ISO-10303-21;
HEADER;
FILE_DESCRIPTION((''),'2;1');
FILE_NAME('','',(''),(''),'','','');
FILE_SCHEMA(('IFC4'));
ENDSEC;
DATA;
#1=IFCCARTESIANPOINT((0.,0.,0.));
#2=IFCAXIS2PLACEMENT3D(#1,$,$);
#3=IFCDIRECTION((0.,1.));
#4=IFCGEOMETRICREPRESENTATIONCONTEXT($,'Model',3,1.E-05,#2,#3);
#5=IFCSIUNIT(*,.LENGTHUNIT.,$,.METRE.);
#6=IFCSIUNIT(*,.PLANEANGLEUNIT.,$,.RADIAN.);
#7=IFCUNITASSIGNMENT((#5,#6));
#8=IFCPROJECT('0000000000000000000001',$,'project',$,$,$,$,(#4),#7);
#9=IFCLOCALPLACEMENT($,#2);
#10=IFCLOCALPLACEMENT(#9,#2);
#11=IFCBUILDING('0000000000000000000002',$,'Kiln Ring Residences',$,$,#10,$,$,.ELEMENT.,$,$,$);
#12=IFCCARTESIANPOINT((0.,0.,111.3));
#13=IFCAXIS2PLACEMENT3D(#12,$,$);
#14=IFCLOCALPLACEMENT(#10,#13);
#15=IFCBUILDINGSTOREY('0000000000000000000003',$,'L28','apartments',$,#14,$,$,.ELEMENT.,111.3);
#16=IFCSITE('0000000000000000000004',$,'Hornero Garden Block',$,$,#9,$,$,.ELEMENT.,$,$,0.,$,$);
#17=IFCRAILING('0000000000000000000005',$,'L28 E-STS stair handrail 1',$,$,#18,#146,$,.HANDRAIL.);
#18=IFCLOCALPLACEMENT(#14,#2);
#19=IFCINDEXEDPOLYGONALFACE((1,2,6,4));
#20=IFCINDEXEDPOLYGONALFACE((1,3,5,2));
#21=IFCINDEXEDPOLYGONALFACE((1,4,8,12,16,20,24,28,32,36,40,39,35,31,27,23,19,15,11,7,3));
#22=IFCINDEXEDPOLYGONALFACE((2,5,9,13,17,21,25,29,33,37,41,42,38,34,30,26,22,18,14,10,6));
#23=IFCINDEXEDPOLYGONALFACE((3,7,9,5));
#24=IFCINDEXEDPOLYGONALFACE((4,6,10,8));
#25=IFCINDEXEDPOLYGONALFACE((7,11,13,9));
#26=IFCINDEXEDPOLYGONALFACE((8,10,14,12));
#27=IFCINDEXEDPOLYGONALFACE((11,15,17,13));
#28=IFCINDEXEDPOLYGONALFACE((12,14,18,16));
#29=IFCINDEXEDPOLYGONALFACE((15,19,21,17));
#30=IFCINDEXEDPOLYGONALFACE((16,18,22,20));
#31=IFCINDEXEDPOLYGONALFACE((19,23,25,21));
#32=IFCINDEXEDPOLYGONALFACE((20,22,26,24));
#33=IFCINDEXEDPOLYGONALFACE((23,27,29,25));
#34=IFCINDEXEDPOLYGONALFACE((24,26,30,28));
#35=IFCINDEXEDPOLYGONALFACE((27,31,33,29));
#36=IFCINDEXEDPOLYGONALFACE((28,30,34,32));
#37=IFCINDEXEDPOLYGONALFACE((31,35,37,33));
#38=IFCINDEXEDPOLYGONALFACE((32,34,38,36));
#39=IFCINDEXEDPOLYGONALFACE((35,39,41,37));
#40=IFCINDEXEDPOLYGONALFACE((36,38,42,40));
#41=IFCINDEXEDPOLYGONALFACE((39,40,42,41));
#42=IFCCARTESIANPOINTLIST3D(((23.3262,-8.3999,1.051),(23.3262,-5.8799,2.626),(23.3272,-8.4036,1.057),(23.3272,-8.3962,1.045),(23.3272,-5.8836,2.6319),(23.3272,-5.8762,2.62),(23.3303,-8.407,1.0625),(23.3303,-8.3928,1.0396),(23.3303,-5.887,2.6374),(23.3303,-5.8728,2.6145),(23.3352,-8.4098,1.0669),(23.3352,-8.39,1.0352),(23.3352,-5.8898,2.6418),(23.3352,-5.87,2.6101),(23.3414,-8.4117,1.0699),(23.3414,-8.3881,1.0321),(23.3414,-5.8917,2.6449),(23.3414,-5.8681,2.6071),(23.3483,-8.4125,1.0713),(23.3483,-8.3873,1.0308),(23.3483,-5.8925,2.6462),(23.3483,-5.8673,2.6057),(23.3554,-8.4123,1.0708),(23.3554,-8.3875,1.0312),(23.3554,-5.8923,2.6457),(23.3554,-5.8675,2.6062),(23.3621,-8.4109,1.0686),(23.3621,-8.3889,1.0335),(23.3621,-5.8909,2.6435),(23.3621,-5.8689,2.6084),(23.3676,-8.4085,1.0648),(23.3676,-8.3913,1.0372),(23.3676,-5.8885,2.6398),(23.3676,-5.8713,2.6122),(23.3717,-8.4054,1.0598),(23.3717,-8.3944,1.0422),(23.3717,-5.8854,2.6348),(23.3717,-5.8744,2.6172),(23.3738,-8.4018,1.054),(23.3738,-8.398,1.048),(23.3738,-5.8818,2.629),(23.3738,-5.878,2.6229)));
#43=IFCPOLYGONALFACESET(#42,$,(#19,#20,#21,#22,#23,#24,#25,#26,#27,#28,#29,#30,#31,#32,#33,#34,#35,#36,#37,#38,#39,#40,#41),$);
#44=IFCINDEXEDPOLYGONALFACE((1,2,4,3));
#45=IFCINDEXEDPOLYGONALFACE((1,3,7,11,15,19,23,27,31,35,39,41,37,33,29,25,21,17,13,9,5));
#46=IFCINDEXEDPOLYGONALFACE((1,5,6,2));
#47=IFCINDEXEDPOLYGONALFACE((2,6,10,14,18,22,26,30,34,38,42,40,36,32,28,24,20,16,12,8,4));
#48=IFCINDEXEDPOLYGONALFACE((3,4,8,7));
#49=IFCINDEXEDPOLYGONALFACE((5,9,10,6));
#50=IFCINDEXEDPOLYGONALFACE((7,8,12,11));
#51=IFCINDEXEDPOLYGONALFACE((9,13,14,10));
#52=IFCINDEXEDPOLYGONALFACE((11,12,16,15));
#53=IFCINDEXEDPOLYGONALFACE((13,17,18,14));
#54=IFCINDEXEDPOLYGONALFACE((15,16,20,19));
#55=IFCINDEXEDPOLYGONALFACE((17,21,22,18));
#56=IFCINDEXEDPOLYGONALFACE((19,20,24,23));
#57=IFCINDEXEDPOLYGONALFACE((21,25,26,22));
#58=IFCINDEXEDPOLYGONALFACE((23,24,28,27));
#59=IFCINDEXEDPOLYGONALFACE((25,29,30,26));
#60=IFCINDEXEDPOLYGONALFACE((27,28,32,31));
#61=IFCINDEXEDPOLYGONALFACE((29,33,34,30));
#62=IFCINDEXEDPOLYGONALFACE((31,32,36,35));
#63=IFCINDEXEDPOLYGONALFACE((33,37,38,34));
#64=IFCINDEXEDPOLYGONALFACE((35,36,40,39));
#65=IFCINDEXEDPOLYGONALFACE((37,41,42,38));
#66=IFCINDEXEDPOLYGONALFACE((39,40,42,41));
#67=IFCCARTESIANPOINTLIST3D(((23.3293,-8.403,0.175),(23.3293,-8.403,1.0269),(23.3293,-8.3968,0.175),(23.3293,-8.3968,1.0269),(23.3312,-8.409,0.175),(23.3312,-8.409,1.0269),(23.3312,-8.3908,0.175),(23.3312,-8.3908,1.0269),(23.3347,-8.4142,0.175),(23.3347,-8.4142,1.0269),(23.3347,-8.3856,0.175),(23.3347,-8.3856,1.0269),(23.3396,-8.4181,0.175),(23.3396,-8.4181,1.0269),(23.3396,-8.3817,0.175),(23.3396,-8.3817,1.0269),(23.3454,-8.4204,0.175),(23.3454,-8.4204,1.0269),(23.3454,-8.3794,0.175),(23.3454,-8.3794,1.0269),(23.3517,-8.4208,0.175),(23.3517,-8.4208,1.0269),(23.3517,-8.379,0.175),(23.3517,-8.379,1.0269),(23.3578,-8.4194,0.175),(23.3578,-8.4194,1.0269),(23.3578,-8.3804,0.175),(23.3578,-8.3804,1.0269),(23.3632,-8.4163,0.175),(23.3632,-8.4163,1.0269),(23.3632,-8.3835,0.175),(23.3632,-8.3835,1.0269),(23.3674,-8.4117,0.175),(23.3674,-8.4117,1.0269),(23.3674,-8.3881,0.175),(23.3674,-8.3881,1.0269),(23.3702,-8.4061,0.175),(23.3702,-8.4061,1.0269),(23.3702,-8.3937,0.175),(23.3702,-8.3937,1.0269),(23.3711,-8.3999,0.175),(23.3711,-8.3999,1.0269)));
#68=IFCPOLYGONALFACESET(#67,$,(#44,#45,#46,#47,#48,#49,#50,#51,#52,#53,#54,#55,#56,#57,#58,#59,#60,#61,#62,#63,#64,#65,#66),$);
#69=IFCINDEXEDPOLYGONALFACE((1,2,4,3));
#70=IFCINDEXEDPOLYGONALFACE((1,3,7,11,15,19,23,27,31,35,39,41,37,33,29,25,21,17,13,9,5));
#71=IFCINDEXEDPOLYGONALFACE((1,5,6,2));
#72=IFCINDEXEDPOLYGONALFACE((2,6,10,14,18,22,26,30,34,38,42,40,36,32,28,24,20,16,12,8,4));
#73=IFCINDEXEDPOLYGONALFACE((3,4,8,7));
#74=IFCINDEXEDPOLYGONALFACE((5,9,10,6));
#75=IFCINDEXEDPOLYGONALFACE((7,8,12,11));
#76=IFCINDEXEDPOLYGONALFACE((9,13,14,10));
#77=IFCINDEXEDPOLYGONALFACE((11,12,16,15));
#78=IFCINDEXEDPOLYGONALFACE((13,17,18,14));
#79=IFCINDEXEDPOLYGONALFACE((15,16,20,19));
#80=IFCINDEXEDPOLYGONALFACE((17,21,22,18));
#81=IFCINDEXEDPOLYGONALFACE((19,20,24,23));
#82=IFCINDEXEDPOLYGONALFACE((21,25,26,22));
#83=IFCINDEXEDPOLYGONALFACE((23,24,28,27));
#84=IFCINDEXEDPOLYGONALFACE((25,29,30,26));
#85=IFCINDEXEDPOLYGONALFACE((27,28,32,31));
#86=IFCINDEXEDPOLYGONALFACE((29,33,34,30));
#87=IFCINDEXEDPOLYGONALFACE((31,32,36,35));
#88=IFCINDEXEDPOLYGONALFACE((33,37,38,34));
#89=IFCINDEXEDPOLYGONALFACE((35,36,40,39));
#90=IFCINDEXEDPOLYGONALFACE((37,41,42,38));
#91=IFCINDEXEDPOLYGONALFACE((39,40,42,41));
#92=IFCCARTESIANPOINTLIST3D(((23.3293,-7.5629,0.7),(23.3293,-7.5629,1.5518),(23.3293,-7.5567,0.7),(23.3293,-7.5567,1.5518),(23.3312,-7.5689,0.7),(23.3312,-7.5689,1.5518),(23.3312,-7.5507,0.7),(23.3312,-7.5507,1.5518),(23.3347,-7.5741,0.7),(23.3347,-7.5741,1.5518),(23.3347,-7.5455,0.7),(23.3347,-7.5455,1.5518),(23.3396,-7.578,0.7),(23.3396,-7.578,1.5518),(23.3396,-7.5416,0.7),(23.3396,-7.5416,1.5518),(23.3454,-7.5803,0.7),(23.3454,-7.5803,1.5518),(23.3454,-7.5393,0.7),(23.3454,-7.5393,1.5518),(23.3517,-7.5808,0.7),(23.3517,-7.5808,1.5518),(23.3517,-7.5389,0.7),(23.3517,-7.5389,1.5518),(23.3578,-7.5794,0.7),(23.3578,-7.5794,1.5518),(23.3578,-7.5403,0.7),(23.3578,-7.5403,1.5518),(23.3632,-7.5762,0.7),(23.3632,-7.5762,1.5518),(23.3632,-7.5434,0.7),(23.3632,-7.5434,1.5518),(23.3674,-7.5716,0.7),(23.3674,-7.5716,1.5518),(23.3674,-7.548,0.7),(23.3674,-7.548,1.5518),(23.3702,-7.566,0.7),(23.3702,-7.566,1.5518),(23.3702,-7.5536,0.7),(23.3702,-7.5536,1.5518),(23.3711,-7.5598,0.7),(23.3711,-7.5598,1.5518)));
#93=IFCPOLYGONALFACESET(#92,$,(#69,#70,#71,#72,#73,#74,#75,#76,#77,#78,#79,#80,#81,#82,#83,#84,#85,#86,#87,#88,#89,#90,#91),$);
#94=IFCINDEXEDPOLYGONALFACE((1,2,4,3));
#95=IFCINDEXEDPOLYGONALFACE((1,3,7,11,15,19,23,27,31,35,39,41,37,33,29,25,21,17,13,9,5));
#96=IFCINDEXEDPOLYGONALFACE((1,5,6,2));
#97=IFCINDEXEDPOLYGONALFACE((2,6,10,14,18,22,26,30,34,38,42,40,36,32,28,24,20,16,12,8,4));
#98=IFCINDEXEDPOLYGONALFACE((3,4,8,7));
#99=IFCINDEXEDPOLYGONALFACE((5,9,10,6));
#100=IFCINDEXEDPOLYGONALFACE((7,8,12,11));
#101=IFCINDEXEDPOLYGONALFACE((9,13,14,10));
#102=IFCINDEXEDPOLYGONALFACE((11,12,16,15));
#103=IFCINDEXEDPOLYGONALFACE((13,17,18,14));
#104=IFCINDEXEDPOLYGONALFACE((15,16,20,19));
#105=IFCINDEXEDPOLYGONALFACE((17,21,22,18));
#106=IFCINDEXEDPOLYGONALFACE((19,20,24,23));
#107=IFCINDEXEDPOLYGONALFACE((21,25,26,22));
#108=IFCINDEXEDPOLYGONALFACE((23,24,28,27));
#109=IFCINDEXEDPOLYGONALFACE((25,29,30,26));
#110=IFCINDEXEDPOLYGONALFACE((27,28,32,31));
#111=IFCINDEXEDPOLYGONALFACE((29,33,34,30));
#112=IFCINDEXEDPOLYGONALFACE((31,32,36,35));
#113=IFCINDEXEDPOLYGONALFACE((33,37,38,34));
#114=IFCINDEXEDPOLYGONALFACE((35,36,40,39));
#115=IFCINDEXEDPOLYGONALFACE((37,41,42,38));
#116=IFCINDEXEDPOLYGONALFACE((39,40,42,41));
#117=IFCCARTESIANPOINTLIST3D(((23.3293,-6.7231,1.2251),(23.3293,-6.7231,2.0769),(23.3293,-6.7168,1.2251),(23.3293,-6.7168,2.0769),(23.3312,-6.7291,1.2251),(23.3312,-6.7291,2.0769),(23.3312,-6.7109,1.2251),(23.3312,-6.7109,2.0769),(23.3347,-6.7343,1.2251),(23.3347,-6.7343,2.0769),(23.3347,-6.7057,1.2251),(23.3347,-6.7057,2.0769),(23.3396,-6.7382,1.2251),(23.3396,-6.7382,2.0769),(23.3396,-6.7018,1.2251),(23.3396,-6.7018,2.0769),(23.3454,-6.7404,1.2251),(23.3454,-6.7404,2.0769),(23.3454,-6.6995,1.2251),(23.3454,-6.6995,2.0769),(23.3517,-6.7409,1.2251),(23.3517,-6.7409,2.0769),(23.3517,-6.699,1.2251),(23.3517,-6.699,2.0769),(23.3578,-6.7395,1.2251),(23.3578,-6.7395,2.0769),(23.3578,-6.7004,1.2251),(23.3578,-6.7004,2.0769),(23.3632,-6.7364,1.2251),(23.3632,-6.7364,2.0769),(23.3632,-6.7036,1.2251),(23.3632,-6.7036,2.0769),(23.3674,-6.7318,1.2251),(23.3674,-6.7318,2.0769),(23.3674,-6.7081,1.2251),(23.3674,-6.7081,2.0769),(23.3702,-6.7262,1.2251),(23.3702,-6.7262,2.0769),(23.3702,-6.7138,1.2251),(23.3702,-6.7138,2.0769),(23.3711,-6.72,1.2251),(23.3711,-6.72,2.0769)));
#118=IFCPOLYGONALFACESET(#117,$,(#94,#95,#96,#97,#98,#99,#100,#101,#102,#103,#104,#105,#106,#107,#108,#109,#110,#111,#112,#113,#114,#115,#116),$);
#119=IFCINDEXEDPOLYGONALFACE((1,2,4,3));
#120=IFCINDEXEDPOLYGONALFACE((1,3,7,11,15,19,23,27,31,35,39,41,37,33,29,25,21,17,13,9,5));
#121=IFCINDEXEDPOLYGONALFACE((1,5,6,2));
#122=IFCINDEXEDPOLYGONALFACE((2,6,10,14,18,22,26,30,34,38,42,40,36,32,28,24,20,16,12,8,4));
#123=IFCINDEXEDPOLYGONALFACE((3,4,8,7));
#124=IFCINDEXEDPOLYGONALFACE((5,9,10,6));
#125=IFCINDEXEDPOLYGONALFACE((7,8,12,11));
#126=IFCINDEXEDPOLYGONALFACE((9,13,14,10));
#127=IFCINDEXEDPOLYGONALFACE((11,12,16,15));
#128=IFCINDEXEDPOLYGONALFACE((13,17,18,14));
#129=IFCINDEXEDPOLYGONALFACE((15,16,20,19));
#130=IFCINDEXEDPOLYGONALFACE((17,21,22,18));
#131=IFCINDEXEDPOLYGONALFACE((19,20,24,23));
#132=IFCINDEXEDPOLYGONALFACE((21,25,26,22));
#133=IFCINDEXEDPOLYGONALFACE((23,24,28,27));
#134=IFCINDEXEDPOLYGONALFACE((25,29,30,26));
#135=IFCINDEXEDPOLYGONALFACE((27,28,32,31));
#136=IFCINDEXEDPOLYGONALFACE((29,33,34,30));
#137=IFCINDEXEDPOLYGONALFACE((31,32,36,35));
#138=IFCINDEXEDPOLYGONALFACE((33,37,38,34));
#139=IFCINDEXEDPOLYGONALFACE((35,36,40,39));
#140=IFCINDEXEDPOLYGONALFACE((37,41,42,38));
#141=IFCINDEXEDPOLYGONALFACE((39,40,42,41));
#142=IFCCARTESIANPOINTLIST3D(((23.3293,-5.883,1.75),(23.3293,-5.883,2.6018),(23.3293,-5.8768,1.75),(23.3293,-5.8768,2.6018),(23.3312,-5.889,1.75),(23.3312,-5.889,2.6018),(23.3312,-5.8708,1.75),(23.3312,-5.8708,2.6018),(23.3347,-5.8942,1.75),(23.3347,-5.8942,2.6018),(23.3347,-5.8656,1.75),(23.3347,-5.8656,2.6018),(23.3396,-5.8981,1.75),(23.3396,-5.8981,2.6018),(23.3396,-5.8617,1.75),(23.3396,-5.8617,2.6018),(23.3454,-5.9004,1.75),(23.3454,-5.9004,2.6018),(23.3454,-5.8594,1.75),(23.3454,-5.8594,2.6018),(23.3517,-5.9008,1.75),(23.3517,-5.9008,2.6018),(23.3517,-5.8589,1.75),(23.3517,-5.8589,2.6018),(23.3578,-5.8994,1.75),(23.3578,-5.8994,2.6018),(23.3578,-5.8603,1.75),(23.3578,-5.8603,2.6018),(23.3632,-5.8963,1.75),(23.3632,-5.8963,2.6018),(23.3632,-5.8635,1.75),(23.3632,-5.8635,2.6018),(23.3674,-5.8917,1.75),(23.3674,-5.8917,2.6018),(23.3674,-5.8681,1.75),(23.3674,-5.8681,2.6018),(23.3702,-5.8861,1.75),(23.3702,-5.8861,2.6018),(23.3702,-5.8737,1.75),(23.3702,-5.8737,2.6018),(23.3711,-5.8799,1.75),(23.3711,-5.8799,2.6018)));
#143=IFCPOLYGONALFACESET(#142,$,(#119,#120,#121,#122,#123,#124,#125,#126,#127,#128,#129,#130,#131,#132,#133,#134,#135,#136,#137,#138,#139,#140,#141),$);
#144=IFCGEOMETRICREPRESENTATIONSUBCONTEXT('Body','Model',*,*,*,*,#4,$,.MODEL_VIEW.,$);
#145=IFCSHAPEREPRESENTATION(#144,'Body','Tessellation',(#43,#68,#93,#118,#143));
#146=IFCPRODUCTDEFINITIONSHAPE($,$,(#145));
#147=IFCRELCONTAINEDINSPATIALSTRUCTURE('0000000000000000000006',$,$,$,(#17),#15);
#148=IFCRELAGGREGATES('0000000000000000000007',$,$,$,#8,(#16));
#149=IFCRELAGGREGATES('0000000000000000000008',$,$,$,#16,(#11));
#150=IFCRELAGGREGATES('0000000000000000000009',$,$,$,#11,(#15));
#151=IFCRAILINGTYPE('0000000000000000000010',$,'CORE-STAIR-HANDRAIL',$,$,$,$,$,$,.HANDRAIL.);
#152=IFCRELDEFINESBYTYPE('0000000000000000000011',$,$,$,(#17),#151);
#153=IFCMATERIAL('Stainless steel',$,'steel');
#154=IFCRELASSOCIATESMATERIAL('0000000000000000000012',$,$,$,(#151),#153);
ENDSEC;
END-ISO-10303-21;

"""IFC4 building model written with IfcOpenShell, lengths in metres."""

from ifc_helpers import new_model, si_unit, direction, frame, origin, origin_2d, place, context, subcontext, project, spatial, circle, extrude, material, type_object, element, save


model = new_model("IFC4")

# Units and contexts
model_context = context("Model", 3, precision=1e-05, world=origin(), true_north=direction((0.0, 1.0)))
body_context = subcontext(model_context, "Body", "Model", "MODEL_VIEW")
ifc_project = project(units=[si_unit("LENGTHUNIT", "METRE"), si_unit("PLANEANGLEUNIT", "RADIAN")], contexts=[model_context])

# Site, building, storey
site_placement = place(None, origin())
site = spatial("IfcSite", under=ifc_project, at=site_placement, Name="Hornero Garden Block", CompositionType="ELEMENT", RefElevation=0.0)
building_placement = place(site_placement, origin())
building = spatial("IfcBuilding", under=site, at=building_placement, Name="Kiln Ring Residences", CompositionType="ELEMENT")
storey_placement = place(building_placement, frame((0.0, 0.0, 111.3)))
storey = spatial("IfcBuildingStorey", under=building, at=storey_placement, Name="L28", Description="apartments", CompositionType="ELEMENT", Elevation=111.3)

# Railing
ifc_material_1 = material(Name="Stainless steel", Category="steel")
railing_type_1 = type_object("IfcRailingType", Name="CORE-STAIR-HANDRAIL", PredefinedType="HANDRAIL", material=ifc_material_1)
railing_1_placement = place(storey_placement, frame((23.3501, -8.3999, 0.175)))
element("IfcRailing", 1, at=railing_1_placement, inside=storey, type_object=railing_type_1, Name="L28 E-STS stair handrail 1", PredefinedType="HANDRAIL", context=body_context, shape_type="SweptSolid", body=[
    extrude(circle(Radius=0.0239, at=origin_2d()), frame((0.0, 0.0, 0.876), z_axis=(0.0, 0.848008, 0.529984), x_axis=(-1.0, 0.0, 0.0)), (0.0, 0.0, 1.0), 2.9717),
    extrude(circle(Radius=0.021, at=origin_2d()), origin(), (0.0, 0.0, 1.0), 0.8518),
    extrude(circle(Radius=0.021, at=origin_2d()), frame((0.0, 0.8401, 0.5249)), (0.0, 0.0, 1.0), 0.8518),
    extrude(circle(Radius=0.021, at=origin_2d()), frame((0.0, 1.6799, 1.05)), (0.0, 0.0, 1.0), 0.8518),
    extrude(circle(Radius=0.021, at=origin_2d()), frame((0.0, 2.52, 1.575)), (0.0, 0.0, 1.0), 0.8518),
])

save(model, "model.ifc")
